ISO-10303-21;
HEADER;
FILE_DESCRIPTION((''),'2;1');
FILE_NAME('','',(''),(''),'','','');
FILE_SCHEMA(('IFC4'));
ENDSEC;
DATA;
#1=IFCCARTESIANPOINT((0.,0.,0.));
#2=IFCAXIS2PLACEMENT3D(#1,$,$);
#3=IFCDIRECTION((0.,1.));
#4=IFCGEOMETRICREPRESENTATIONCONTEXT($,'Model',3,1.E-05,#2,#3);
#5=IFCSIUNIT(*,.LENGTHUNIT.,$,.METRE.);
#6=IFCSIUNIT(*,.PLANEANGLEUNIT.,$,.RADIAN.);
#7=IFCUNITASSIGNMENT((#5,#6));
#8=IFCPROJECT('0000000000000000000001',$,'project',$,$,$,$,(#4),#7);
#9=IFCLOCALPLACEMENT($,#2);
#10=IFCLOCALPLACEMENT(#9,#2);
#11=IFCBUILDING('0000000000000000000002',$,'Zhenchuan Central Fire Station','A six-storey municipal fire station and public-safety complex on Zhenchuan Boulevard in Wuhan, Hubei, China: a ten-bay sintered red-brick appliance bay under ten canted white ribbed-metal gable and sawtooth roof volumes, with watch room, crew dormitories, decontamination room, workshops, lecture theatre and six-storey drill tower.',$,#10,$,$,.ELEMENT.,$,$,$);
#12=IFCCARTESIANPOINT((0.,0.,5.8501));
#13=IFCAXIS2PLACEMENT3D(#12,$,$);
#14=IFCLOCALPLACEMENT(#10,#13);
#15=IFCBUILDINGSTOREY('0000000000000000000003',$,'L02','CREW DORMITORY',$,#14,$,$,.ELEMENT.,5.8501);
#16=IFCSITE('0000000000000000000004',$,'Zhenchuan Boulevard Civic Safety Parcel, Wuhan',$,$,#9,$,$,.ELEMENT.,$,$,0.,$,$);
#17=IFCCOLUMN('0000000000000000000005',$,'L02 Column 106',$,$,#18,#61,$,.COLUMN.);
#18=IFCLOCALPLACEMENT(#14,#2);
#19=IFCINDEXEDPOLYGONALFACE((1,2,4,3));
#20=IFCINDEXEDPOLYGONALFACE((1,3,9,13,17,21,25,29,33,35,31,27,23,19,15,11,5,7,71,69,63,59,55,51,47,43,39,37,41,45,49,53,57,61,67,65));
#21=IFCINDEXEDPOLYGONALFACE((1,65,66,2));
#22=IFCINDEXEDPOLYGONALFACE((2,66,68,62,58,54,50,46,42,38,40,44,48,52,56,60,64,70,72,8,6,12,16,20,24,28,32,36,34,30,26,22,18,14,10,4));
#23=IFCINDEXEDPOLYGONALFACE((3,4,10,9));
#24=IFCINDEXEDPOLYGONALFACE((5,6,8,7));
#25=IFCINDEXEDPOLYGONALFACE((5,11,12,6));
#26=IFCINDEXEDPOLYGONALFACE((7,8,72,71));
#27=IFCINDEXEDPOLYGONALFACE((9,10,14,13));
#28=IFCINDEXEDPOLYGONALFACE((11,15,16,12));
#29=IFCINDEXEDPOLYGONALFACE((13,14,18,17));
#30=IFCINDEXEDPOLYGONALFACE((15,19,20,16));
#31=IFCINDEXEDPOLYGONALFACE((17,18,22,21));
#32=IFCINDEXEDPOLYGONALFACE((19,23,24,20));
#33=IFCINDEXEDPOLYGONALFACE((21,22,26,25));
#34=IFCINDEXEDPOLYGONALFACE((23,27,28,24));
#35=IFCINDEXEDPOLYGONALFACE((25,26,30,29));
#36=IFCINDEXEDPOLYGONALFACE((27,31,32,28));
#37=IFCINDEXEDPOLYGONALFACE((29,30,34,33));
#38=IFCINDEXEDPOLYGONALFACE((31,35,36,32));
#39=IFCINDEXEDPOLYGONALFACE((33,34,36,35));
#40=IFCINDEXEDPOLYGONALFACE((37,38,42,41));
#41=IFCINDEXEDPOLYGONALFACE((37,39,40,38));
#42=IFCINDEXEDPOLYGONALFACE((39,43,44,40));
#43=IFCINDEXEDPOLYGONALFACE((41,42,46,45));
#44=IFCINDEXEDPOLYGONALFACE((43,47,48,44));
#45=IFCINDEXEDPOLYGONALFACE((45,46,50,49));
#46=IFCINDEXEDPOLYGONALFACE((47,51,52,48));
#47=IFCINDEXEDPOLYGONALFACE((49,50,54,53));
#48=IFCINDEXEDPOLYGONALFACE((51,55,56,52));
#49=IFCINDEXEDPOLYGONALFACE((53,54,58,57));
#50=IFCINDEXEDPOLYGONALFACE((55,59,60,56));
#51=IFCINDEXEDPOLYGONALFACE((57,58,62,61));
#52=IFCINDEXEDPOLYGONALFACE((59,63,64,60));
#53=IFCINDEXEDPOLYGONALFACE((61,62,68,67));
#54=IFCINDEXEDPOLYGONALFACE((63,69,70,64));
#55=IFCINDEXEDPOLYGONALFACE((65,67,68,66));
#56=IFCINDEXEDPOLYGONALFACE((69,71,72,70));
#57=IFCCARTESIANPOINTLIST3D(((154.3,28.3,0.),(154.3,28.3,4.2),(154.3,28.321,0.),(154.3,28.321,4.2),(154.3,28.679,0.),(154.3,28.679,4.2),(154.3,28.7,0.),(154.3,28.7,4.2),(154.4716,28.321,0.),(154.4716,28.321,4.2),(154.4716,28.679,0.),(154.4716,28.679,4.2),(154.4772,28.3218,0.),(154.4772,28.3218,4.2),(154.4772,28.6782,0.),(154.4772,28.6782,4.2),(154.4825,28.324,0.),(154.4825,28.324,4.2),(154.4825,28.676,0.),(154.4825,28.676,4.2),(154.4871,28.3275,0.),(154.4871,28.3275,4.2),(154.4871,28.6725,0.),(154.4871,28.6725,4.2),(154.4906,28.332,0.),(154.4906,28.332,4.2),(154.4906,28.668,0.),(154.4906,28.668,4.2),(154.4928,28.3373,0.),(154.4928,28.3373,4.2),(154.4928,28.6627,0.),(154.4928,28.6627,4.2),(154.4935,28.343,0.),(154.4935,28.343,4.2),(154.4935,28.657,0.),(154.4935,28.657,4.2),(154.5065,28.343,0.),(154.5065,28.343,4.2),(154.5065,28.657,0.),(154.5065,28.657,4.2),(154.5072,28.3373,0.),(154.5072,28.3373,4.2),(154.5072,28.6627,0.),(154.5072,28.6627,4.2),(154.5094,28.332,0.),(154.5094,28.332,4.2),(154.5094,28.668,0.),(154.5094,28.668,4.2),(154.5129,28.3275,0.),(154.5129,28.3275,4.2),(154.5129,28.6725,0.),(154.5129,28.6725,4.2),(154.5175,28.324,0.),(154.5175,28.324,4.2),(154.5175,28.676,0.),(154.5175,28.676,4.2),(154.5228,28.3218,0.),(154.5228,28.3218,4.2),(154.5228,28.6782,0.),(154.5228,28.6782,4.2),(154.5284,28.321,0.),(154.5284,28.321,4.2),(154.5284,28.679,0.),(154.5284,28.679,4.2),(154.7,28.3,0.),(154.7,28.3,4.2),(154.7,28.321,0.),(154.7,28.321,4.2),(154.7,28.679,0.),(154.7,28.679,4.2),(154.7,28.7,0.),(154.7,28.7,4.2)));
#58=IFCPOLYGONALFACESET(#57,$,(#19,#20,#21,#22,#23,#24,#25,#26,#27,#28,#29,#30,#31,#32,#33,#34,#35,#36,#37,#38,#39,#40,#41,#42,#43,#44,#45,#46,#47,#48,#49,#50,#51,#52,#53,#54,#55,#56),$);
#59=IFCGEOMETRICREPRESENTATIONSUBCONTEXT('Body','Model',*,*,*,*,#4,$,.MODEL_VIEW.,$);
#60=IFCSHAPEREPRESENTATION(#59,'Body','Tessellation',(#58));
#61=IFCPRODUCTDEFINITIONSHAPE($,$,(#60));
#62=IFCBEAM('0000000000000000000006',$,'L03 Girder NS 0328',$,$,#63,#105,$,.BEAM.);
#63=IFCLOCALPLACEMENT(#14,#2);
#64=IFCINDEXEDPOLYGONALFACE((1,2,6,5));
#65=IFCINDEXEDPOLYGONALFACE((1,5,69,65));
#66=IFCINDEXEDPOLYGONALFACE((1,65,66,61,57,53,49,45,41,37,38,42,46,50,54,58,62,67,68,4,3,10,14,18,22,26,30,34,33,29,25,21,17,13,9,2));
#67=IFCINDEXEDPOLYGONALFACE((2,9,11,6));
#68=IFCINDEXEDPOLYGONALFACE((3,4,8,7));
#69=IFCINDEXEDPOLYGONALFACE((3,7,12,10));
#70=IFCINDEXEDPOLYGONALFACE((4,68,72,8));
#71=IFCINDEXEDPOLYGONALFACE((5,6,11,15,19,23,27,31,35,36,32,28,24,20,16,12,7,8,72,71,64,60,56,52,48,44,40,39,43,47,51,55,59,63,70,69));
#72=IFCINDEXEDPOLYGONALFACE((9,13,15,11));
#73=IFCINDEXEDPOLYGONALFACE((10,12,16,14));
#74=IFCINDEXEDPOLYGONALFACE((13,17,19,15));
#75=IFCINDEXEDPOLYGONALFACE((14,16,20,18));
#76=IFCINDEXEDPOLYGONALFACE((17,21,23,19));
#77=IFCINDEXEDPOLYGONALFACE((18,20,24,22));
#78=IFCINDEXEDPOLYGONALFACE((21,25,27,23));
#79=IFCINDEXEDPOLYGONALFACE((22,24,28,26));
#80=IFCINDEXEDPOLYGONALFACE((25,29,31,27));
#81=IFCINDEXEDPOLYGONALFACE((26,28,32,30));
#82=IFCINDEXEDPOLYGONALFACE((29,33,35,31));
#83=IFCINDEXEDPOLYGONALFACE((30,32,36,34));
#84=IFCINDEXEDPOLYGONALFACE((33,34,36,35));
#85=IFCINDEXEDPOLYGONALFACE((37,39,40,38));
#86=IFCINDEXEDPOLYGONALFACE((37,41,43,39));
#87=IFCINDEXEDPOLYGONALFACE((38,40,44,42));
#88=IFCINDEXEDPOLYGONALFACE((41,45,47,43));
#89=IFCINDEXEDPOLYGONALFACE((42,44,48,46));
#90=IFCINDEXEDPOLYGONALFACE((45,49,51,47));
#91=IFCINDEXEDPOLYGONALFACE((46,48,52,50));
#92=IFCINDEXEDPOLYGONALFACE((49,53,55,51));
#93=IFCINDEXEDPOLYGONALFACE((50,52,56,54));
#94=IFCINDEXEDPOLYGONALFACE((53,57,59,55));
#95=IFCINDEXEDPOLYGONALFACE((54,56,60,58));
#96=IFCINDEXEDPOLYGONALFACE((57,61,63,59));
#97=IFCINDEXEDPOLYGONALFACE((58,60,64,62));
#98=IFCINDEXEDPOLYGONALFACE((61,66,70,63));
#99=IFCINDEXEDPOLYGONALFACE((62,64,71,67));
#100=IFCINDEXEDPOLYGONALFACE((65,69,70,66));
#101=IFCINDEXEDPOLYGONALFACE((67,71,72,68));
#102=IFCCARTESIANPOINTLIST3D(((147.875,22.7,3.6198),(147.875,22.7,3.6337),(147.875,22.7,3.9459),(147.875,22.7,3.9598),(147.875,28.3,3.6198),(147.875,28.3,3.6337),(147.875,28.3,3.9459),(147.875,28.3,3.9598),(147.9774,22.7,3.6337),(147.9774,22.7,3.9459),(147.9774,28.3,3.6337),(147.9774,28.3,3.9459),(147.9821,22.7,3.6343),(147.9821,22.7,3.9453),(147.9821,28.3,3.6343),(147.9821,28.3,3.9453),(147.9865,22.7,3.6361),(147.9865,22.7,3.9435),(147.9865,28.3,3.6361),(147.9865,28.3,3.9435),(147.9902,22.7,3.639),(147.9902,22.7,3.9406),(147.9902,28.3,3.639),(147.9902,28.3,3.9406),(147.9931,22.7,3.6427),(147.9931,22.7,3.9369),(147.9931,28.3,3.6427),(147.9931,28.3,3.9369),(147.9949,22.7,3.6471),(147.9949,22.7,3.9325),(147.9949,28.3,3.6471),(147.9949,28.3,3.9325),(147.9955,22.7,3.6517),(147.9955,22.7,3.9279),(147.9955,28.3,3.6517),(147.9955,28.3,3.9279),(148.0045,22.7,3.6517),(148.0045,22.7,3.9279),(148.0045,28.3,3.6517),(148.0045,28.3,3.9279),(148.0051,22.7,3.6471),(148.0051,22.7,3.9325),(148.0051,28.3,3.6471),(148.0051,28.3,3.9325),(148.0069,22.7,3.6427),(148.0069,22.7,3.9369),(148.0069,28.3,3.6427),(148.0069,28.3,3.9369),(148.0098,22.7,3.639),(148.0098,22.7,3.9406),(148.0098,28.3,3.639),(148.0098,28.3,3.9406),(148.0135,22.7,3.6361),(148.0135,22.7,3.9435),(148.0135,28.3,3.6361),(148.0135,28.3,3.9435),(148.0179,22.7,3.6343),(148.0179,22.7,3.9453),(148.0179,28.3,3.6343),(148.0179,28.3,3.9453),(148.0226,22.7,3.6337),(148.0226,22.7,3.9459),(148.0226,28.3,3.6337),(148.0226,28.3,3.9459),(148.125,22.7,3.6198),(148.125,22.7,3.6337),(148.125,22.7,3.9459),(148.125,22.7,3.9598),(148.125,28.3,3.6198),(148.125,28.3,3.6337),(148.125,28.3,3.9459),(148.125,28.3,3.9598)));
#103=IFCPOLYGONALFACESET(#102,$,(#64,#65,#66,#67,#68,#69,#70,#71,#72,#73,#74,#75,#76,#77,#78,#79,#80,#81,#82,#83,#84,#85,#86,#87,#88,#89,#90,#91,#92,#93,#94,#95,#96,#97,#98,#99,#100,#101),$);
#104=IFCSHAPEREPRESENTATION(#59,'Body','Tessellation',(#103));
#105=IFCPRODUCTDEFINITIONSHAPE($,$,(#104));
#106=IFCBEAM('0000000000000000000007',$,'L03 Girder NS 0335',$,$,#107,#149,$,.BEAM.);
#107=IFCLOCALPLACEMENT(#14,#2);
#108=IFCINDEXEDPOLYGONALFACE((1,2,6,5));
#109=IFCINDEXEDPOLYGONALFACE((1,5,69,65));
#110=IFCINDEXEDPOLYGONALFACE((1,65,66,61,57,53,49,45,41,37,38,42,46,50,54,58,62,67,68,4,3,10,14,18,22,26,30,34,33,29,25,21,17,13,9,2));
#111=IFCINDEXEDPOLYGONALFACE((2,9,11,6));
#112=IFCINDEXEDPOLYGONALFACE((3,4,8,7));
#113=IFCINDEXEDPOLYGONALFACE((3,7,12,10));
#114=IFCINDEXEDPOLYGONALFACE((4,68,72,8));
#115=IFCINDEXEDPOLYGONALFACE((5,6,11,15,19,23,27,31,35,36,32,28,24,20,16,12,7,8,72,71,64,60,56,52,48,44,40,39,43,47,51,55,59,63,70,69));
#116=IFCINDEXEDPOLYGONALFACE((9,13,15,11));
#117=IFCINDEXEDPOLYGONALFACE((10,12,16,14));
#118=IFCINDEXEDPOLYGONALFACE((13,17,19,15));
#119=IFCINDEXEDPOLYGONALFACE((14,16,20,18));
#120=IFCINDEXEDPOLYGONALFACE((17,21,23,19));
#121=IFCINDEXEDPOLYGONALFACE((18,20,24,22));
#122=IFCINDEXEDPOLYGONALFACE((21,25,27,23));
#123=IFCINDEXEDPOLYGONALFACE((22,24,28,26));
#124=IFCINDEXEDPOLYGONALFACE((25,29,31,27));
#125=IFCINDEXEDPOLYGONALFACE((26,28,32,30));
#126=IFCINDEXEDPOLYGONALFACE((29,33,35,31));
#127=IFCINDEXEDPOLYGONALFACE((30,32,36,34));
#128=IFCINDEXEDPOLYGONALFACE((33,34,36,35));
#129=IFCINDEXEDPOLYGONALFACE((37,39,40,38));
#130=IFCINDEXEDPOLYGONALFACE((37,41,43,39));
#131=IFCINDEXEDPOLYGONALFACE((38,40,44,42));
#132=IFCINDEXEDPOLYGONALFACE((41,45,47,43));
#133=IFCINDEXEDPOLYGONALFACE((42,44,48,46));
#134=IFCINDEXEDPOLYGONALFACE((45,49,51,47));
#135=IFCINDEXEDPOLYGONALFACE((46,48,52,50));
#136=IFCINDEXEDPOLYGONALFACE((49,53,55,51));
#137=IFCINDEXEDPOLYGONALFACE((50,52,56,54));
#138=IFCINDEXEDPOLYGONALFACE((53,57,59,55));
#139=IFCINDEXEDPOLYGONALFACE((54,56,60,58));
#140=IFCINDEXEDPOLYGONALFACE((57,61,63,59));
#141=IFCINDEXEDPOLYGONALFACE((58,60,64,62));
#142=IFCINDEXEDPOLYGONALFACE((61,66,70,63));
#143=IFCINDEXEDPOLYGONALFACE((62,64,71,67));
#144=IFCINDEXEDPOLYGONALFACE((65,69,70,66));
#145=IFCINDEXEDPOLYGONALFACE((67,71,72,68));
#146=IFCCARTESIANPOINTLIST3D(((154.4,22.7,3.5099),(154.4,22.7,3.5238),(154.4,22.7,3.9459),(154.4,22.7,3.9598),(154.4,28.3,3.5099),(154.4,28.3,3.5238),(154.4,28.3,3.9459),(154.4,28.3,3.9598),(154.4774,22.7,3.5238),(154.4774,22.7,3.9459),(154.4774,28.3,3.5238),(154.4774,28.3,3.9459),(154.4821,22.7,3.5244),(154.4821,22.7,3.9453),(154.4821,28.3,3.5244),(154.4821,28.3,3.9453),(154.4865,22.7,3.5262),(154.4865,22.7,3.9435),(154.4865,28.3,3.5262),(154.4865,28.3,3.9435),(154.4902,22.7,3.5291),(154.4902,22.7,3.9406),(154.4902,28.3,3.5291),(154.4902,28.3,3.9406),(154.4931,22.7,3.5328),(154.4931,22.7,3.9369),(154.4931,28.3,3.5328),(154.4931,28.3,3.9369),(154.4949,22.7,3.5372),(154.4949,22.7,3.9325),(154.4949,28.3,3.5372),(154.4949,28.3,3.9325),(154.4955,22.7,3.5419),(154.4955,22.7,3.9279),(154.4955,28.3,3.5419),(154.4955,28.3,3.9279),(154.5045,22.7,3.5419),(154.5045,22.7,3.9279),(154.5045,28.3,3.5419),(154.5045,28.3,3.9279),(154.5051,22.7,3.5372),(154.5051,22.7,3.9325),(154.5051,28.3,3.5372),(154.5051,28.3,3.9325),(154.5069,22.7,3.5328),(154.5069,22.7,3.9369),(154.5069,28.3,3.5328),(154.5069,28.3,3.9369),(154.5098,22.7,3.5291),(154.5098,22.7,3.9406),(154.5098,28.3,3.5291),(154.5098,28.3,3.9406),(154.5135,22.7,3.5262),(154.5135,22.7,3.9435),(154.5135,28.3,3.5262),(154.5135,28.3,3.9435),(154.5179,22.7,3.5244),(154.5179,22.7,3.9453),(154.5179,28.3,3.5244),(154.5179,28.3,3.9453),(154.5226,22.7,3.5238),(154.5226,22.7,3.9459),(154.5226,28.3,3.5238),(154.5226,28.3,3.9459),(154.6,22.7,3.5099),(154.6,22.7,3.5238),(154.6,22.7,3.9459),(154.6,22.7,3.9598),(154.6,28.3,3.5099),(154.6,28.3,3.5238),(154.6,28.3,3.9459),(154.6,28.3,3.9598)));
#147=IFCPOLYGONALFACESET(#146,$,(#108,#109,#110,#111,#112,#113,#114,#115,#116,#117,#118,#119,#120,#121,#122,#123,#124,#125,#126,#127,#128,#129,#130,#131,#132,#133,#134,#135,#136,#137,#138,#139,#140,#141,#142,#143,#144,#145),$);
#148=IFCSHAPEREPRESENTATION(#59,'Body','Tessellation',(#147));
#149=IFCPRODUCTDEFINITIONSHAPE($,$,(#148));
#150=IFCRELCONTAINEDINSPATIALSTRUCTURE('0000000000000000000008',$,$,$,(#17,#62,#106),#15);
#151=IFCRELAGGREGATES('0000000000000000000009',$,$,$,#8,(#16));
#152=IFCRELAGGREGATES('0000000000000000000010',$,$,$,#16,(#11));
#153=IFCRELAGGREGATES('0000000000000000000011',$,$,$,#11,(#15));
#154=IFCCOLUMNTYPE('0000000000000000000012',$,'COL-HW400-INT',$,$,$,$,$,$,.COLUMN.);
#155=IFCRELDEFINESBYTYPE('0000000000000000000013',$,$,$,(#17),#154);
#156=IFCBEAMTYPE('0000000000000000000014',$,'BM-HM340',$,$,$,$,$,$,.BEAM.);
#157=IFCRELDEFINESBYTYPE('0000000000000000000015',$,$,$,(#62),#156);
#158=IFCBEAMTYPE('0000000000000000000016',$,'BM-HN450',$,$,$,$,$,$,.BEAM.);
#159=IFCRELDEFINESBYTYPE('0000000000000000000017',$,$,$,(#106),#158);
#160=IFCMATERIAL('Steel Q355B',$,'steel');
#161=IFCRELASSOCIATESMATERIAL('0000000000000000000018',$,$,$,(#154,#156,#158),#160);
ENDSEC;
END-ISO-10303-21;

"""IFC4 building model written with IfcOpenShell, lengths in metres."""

from ifc_helpers import new_model, si_unit, direction, frame, origin, origin_2d, place, context, subcontext, project, spatial, i_section, extrude, material, material_profile, profile_set, type_object, element, save


model = new_model("IFC4")

# Units and contexts
model_context = context("Model", 3, precision=1e-05, world=origin(), true_north=direction((0.0, 1.0)))
body_context = subcontext(model_context, "Body", "Model", "MODEL_VIEW")
ifc_project = project(units=[si_unit("LENGTHUNIT", "METRE"), si_unit("PLANEANGLEUNIT", "RADIAN")], contexts=[model_context])

# Site, building, storey
site_placement = place(None, origin())
site = spatial("IfcSite", under=ifc_project, at=site_placement, Name="Zhenchuan Boulevard Civic Safety Parcel, Wuhan", CompositionType="ELEMENT", RefElevation=0.0)
building_placement = place(site_placement, origin())
building = spatial("IfcBuilding", under=site, at=building_placement, Name="Zhenchuan Central Fire Station", Description="A six-storey municipal fire station and public-safety complex on Zhenchuan Boulevard in Wuhan, Hubei, China: a ten-bay sintered red-brick appliance bay under ten canted white ribbed-metal gable and sawtooth roof volumes, with watch room, crew dormitories, decontamination room, workshops, lecture theatre and six-storey drill tower.", CompositionType="ELEMENT")
storey_placement = place(building_placement, frame((0.0, 0.0, 5.8501)))
storey = spatial("IfcBuildingStorey", under=building, at=storey_placement, Name="L02", Description="CREW DORMITORY", CompositionType="ELEMENT", Elevation=5.8501)

# Column
ifc_material_1 = material(Name="Steel Q355B", Category="steel")
ifc_material_profile_1 = material_profile(ifc_material_1, i_section(OverallWidth=0.3999, OverallDepth=0.3999, WebThickness=0.0129, FlangeThickness=0.021, FilletRadius=0.022, at=origin_2d()), Name="HW 400x400")
ifc_profile_set_1 = profile_set([ifc_material_profile_1], Name="Steel Q355B")
column_type_1 = type_object("IfcColumnType", Name="COL-HW400-INT", PredefinedType="COLUMN", material=ifc_profile_set_1)
for number, where, z_axis, x_axis, name in (
    (1, (154.5, 28.5, 0.0), (0.0, 0.0, 1.0), (1.0, 0.0, 0.0), "L02 Column 106"),
):
    element("IfcColumn", number, at=place(storey_placement, frame(where, z_axis=z_axis, x_axis=x_axis)), inside=storey, type_object=column_type_1, Name=name, PredefinedType="COLUMN", context=body_context, shape_type="SweptSolid", body=[
        extrude(i_section(OverallWidth=0.3999, OverallDepth=0.3999, WebThickness=0.0129, FlangeThickness=0.021, FilletRadius=0.022, at=origin_2d()), origin(), (0.0, 0.0, 1.0), 4.2),
    ])

# Beams
ifc_material_profile_2 = material_profile(ifc_material_1, i_section(OverallWidth=0.25, OverallDepth=0.3401, WebThickness=0.009, FlangeThickness=0.0139, FilletRadius=0.0181, at=origin_2d()), Name="HM 340x250")
ifc_profile_set_2 = profile_set([ifc_material_profile_2], Name="Steel Q355B")
beam_type_1 = type_object("IfcBeamType", Name="BM-HM340", PredefinedType="BEAM", material=ifc_profile_set_2)
beam_1_placement = place(storey_placement, frame((148.0, 22.7, 3.7898), z_axis=(0.0, 1.0, 0.0), x_axis=(-1.0, 0.0, 0.0)))
element("IfcBeam", 2, at=beam_1_placement, inside=storey, type_object=beam_type_1, Name="L03 Girder NS 0328", PredefinedType="BEAM", context=body_context, shape_type="SweptSolid", body=[
    extrude(i_section(OverallWidth=0.25, OverallDepth=0.3401, WebThickness=0.009, FlangeThickness=0.0139, FilletRadius=0.0181, at=origin_2d()), origin(), (0.0, 0.0, 1.0), 5.6001),
])
ifc_material_profile_3 = material_profile(ifc_material_1, i_section(OverallWidth=0.2, OverallDepth=0.45, WebThickness=0.009, FlangeThickness=0.0139, FilletRadius=0.0181, at=origin_2d()), Name="HN 450x200")
ifc_profile_set_3 = profile_set([ifc_material_profile_3], Name="Steel Q355B")
beam_type_2 = type_object("IfcBeamType", Name="BM-HN450", PredefinedType="BEAM", material=ifc_profile_set_3)
beam_2_placement = place(storey_placement, frame((154.5, 22.7, 3.7349), z_axis=(0.0, 1.0, 0.0), x_axis=(-1.0, 0.0, 0.0)))
element("IfcBeam", 3, at=beam_2_placement, inside=storey, type_object=beam_type_2, Name="L03 Girder NS 0335", PredefinedType="BEAM", context=body_context, shape_type="SweptSolid", body=[
    extrude(i_section(OverallWidth=0.2, OverallDepth=0.45, WebThickness=0.009, FlangeThickness=0.0139, FilletRadius=0.0181, at=origin_2d()), origin(), (0.0, 0.0, 1.0), 5.6001),
])

save(model, "model.ifc")
